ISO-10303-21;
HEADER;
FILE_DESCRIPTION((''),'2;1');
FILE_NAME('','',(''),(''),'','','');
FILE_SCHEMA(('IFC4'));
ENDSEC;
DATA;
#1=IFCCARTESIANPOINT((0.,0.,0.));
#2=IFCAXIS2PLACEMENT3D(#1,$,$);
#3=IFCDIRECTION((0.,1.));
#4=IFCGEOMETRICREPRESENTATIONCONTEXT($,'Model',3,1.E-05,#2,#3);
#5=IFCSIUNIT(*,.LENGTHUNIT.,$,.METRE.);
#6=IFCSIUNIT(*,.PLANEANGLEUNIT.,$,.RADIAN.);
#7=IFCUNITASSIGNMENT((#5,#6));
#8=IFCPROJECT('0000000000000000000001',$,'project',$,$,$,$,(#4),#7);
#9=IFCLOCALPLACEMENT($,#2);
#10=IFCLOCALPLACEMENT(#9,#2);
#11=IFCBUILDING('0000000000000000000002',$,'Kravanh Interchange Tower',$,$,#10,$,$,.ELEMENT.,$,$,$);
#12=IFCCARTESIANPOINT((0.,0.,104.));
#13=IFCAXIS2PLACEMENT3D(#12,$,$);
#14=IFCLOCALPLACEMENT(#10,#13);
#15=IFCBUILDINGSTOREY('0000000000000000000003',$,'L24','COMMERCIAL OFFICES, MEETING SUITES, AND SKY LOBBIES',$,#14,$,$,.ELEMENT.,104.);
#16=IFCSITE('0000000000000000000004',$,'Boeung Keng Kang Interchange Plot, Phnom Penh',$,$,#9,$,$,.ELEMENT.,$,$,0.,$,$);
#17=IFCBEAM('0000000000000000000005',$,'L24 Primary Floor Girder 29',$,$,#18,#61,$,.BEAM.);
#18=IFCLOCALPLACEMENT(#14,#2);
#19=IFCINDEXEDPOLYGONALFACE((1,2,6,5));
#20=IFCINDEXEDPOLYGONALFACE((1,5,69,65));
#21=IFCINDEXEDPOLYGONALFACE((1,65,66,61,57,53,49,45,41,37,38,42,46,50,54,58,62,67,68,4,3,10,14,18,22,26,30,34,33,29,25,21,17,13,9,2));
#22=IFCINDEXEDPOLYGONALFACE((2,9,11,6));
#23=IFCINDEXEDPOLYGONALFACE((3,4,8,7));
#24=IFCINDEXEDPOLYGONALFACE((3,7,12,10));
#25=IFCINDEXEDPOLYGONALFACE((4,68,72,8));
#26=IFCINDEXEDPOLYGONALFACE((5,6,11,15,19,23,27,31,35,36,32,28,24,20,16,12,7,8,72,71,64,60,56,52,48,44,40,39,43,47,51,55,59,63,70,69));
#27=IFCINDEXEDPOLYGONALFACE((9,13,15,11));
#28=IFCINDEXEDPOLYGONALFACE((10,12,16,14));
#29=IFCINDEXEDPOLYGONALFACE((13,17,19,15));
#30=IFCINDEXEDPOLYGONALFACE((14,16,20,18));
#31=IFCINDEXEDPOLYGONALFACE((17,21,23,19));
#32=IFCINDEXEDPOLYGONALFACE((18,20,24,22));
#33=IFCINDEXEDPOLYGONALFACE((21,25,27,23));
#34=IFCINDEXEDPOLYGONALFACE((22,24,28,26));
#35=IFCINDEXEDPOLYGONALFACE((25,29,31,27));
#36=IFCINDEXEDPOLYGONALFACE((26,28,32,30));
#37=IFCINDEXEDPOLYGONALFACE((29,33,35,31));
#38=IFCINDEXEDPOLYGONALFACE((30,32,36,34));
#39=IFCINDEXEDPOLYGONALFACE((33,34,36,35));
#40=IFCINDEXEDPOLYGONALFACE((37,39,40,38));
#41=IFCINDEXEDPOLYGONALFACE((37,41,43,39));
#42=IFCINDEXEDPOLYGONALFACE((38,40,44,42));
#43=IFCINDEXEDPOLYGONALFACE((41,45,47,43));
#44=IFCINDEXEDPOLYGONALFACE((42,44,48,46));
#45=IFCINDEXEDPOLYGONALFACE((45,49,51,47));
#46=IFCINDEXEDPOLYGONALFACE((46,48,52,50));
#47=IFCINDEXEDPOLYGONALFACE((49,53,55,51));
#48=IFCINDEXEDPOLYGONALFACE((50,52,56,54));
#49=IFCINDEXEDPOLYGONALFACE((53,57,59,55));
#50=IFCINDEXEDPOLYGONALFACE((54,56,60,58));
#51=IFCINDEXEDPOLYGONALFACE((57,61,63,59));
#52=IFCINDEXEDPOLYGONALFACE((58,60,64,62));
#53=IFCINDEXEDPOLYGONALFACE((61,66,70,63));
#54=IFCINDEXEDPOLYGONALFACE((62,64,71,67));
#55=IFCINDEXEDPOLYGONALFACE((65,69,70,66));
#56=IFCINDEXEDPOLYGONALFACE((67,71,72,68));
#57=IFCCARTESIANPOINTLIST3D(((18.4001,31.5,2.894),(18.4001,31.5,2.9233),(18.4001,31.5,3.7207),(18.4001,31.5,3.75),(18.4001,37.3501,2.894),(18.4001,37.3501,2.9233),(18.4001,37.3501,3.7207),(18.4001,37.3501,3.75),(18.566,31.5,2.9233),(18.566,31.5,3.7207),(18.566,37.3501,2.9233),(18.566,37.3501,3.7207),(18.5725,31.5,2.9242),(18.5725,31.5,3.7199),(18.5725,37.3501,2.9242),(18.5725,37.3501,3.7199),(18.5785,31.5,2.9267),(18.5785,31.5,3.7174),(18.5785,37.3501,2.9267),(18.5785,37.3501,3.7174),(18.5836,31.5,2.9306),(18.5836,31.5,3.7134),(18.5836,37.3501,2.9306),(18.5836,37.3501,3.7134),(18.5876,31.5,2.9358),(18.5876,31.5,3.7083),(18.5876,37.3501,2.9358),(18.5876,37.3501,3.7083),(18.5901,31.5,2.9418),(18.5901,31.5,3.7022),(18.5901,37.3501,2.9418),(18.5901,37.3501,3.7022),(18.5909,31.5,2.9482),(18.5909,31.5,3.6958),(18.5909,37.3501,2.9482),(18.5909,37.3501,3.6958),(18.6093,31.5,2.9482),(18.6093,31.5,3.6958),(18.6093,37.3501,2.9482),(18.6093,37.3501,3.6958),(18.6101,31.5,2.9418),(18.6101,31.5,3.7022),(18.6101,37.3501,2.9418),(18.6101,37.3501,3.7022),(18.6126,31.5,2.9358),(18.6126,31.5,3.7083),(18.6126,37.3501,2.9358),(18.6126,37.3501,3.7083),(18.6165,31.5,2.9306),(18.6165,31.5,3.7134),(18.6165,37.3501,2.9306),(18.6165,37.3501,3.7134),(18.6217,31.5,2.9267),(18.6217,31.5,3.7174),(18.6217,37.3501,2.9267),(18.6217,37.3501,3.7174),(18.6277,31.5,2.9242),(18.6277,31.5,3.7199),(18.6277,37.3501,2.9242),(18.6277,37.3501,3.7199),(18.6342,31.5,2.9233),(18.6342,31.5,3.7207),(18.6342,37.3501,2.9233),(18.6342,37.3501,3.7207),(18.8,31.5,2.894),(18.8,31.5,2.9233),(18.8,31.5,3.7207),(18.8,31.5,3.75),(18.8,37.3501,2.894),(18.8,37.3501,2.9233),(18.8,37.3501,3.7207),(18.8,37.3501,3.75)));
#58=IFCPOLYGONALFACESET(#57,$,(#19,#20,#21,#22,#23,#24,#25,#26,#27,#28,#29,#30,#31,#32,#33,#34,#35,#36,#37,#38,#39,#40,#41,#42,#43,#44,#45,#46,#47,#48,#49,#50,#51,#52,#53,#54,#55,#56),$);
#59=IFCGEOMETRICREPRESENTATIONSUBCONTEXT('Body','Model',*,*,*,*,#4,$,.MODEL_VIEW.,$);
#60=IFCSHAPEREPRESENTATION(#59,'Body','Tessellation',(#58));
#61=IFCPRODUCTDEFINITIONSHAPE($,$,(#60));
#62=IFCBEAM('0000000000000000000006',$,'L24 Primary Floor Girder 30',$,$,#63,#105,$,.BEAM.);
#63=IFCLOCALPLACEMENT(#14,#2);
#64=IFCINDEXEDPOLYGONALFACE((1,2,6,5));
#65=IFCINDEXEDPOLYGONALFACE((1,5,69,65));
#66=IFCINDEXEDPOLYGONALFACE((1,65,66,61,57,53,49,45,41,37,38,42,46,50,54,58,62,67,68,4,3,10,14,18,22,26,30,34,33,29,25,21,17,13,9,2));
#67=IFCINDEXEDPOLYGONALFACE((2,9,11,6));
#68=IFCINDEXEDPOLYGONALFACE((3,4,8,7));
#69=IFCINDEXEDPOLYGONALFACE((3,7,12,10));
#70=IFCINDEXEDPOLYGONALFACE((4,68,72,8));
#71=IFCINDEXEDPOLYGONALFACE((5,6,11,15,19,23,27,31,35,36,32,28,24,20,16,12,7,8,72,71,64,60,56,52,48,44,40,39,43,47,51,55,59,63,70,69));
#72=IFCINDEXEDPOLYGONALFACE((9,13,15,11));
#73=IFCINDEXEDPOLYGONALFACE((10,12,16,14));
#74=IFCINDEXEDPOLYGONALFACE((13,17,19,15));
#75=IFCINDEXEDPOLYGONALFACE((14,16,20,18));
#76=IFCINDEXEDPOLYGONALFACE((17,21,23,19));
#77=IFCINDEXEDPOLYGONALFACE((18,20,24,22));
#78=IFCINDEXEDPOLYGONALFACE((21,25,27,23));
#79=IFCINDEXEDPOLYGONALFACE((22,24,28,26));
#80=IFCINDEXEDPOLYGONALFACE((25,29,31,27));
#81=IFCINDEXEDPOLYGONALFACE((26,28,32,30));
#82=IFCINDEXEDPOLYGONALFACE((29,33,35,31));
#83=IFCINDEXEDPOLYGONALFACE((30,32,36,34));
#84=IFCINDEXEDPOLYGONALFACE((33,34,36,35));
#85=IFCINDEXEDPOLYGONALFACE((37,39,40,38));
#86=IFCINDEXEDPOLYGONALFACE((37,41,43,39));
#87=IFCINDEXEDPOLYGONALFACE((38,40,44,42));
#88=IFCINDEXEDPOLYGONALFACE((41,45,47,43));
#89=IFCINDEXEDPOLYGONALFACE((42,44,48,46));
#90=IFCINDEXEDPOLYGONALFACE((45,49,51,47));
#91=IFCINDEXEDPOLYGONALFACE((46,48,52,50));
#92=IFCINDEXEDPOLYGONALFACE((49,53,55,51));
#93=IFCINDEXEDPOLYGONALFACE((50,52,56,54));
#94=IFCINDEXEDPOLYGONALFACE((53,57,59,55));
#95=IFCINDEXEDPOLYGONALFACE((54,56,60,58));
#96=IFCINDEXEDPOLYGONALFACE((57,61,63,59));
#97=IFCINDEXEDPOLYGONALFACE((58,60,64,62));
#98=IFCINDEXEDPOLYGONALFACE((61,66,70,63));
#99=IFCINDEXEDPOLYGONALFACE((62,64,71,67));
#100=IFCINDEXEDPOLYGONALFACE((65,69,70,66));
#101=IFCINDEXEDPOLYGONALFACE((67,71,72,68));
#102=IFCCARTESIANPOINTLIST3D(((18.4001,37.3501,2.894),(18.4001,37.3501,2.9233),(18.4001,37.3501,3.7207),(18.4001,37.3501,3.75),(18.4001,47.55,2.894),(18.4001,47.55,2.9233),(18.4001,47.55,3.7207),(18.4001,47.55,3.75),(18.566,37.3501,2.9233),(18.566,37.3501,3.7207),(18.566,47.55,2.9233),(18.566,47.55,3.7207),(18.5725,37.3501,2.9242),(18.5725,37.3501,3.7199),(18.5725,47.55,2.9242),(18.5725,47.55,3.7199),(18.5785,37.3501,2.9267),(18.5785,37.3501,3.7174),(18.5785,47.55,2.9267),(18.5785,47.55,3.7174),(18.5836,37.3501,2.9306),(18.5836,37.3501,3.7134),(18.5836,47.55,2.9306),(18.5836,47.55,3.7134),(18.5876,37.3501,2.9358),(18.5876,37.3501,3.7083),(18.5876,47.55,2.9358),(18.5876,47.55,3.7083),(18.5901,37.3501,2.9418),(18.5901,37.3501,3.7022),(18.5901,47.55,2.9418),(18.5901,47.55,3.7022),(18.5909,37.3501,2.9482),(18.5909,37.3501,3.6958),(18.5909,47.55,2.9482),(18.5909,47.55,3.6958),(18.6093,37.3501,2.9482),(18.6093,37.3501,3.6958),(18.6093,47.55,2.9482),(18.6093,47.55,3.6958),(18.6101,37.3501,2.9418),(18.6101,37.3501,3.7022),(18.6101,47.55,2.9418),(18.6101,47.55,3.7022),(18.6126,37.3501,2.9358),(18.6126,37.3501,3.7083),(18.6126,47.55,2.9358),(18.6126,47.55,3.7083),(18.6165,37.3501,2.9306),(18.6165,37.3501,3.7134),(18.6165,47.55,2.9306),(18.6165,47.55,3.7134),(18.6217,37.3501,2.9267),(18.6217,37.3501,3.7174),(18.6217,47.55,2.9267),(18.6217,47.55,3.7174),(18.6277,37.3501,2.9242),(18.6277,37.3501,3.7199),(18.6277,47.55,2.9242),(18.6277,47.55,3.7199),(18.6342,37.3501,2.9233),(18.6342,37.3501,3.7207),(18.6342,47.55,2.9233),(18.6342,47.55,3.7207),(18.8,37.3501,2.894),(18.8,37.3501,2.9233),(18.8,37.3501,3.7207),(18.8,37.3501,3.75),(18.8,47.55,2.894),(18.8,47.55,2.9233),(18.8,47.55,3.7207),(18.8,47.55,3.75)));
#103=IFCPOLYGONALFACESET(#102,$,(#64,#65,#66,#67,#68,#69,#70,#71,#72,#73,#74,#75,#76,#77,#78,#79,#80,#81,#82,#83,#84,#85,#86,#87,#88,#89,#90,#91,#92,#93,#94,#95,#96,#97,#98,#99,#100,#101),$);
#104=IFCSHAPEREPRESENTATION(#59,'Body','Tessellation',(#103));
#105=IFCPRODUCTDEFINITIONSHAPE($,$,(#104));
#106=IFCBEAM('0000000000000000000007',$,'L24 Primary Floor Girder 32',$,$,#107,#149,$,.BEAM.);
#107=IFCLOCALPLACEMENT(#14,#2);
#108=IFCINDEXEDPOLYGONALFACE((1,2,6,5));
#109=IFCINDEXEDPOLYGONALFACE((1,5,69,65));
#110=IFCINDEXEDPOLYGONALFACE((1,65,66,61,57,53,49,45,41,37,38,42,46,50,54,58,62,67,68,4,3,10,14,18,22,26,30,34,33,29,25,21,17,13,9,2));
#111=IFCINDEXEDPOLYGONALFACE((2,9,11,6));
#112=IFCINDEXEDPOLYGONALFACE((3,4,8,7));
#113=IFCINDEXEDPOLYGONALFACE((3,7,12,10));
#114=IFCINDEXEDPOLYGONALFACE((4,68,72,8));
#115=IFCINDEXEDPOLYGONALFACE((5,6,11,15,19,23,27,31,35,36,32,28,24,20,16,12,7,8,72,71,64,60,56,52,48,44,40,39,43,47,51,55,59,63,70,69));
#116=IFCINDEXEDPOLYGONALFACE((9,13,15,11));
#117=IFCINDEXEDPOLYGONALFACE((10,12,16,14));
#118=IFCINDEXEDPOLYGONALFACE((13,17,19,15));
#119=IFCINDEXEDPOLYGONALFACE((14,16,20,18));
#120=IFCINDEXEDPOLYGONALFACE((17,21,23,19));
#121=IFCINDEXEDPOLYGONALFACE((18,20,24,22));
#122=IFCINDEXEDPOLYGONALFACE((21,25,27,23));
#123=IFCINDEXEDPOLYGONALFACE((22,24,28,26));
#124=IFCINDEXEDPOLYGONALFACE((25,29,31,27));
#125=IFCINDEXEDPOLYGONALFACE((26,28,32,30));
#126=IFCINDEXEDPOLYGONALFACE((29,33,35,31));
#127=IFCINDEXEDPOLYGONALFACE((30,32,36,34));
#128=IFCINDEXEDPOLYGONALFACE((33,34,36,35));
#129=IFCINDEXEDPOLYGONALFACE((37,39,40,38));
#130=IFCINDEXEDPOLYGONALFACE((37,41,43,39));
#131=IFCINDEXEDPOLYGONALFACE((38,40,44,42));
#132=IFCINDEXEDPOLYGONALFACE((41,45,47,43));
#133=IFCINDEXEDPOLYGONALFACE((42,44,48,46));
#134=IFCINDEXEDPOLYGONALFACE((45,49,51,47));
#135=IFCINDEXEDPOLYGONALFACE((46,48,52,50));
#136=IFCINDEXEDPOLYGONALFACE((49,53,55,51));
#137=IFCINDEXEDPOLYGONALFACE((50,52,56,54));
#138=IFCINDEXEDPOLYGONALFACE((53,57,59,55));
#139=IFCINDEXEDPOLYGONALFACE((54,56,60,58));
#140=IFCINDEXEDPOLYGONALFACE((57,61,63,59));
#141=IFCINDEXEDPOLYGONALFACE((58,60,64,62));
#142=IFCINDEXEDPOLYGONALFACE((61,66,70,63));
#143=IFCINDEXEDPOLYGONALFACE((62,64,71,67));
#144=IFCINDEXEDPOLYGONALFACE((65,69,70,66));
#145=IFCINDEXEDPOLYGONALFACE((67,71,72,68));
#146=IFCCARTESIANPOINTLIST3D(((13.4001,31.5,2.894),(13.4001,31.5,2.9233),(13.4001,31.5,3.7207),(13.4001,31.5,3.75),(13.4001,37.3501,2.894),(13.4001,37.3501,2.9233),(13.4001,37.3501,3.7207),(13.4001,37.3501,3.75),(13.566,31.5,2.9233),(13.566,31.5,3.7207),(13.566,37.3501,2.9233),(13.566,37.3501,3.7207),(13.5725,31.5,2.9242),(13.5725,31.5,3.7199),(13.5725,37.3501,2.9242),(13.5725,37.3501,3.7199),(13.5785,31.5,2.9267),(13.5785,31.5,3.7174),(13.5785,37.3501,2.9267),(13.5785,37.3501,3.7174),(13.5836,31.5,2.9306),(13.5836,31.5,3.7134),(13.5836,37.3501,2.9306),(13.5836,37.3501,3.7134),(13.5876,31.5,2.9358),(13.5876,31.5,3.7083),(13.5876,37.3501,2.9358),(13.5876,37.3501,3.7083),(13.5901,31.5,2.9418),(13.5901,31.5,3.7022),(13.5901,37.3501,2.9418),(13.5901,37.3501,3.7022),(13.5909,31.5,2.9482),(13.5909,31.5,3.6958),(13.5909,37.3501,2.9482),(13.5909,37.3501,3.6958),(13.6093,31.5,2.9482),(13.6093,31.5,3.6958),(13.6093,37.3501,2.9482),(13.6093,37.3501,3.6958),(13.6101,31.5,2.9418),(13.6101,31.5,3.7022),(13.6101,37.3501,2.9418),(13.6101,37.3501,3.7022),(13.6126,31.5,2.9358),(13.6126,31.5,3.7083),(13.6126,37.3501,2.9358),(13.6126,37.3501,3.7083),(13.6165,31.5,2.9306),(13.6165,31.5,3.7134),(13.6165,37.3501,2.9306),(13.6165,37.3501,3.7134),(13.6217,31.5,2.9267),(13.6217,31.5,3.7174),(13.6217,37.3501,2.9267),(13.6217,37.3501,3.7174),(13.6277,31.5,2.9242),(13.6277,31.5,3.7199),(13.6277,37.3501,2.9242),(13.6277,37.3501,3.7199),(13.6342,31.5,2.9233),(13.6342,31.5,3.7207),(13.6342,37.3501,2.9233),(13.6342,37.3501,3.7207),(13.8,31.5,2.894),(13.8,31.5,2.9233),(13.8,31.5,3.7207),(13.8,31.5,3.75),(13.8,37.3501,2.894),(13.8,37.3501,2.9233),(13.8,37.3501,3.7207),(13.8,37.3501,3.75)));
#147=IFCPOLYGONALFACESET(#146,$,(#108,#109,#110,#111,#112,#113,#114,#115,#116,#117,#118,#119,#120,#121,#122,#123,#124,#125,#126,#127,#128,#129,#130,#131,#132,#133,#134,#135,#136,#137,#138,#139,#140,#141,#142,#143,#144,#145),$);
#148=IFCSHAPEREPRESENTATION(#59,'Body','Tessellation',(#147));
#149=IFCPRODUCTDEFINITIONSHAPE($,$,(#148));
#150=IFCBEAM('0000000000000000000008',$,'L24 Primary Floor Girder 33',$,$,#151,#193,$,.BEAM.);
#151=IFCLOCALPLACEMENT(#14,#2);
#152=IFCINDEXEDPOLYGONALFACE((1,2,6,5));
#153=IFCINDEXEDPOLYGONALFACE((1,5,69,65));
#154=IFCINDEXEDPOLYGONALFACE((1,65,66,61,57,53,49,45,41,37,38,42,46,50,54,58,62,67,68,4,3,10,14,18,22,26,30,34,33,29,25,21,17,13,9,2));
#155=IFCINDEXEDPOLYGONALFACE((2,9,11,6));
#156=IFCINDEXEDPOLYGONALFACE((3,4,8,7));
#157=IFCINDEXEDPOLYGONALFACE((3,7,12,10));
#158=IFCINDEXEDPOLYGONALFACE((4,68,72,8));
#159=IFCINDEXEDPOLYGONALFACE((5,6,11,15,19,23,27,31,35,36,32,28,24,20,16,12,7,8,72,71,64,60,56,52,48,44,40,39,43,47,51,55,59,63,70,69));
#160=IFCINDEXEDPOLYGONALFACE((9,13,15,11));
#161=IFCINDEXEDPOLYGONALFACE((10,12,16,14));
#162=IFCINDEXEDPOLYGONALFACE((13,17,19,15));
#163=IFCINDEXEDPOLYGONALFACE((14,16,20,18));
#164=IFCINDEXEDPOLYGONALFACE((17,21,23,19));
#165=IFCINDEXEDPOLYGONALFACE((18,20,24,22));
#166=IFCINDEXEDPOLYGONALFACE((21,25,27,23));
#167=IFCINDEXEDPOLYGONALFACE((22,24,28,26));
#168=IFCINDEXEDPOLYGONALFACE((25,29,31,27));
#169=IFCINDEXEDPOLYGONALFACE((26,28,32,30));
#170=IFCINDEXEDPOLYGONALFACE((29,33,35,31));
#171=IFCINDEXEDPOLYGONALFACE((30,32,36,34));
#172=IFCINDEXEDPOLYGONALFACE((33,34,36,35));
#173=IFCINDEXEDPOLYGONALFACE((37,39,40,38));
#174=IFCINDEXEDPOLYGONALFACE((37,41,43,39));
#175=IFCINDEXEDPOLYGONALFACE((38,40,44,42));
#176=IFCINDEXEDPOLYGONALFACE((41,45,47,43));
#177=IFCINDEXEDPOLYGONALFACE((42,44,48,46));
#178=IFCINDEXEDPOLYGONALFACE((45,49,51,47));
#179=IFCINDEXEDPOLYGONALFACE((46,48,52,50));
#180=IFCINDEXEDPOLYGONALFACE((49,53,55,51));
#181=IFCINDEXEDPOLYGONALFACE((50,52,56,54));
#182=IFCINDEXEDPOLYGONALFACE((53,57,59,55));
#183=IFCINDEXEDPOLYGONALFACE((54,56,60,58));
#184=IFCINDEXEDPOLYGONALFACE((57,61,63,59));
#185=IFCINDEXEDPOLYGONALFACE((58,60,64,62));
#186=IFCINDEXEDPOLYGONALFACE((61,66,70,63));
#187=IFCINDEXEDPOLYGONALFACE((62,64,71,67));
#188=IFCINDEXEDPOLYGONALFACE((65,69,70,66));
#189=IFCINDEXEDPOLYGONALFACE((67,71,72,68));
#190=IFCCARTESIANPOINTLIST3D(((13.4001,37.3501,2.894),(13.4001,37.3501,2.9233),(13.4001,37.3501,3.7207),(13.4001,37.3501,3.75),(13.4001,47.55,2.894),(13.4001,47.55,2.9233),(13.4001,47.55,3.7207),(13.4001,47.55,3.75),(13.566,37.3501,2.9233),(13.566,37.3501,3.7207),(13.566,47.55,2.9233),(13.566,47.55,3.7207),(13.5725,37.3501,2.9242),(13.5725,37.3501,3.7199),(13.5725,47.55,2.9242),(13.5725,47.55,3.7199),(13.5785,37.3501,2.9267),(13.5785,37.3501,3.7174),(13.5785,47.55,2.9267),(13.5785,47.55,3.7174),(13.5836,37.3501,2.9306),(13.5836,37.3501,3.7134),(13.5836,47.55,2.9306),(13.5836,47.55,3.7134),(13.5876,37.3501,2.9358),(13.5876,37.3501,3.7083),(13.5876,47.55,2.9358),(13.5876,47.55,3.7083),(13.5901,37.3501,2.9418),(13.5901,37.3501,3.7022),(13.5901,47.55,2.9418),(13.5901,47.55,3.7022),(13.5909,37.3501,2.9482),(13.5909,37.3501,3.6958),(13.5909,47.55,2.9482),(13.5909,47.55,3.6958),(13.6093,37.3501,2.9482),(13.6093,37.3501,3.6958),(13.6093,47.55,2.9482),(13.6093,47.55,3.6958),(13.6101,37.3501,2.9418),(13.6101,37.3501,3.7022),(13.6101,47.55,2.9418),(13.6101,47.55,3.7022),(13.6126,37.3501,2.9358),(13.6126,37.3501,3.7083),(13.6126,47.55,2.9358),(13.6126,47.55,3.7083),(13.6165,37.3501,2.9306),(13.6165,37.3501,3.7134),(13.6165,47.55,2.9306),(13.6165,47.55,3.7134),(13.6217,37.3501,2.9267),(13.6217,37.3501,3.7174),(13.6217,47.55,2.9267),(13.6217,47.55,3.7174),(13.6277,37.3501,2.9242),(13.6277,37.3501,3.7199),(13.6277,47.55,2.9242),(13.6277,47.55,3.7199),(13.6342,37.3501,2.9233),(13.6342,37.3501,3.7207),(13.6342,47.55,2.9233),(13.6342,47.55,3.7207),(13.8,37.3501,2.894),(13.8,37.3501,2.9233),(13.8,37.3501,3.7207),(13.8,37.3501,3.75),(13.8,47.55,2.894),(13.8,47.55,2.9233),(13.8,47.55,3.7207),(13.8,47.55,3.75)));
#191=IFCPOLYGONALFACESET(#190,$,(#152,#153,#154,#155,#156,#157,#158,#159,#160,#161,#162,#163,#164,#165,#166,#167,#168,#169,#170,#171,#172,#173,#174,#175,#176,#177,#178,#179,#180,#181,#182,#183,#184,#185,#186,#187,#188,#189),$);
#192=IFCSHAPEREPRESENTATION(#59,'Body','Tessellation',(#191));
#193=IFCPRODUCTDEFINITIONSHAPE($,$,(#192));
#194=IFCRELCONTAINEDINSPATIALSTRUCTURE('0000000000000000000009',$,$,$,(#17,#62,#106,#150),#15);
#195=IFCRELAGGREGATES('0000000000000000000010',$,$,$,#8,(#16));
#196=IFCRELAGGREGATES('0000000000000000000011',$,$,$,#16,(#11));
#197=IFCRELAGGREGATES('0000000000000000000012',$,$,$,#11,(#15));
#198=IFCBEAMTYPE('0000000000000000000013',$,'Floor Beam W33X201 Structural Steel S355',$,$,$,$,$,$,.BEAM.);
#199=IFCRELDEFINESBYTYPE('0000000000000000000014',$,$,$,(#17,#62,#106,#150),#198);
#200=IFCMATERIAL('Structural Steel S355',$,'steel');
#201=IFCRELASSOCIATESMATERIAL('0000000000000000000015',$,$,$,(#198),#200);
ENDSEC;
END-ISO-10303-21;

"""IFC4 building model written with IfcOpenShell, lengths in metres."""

from ifc_helpers import new_model, si_unit, direction, frame, origin, origin_2d, place, context, subcontext, project, spatial, i_section, extrude, material, material_profile, profile_set, type_object, element, save


model = new_model("IFC4")

# Units and contexts
model_context = context("Model", 3, precision=1e-05, world=origin(), true_north=direction((0.0, 1.0)))
body_context = subcontext(model_context, "Body", "Model", "MODEL_VIEW")
ifc_project = project(units=[si_unit("LENGTHUNIT", "METRE"), si_unit("PLANEANGLEUNIT", "RADIAN")], contexts=[model_context])

# Site, building, storey
site_placement = place(None, origin())
site = spatial("IfcSite", under=ifc_project, at=site_placement, Name="Boeung Keng Kang Interchange Plot, Phnom Penh", CompositionType="ELEMENT", RefElevation=0.0)
building_placement = place(site_placement, origin())
building = spatial("IfcBuilding", under=site, at=building_placement, Name="Kravanh Interchange Tower", CompositionType="ELEMENT")
storey_placement = place(building_placement, frame((0.0, 0.0, 104.0)))
storey = spatial("IfcBuildingStorey", under=building, at=storey_placement, Name="L24", Description="COMMERCIAL OFFICES, MEETING SUITES, AND SKY LOBBIES", CompositionType="ELEMENT", Elevation=104.0)

# Beams
ifc_material_1 = material(Name="Structural Steel S355", Category="steel")
ifc_material_profile_1 = material_profile(ifc_material_1, i_section(OverallWidth=0.3999, OverallDepth=0.856, WebThickness=0.0183, FlangeThickness=0.0293, FilletRadius=0.0249, at=origin_2d()), Name="W33X201")
ifc_profile_set_1 = profile_set([ifc_material_profile_1], Name="Structural Steel S355")
beam_type_1 = type_object("IfcBeamType", Name="Floor Beam W33X201 Structural Steel S355", PredefinedType="BEAM", material=ifc_profile_set_1)
beam_1_placement = place(storey_placement, frame((18.6001, 37.3501, 3.322), z_axis=(0.0, -1.0, 0.0), x_axis=(1.0, 0.0, 0.0)))
element("IfcBeam", 1, at=beam_1_placement, inside=storey, type_object=beam_type_1, Name="L24 Primary Floor Girder 29", PredefinedType="BEAM", context=body_context, shape_type="SweptSolid", body=[
    extrude(i_section(OverallWidth=0.3999, OverallDepth=0.856, WebThickness=0.0183, FlangeThickness=0.0293, FilletRadius=0.0249, at=origin_2d()), origin(), (0.0, 0.0, 1.0), 5.8501),
])
beam_2_placement = place(storey_placement, frame((18.6001, 37.3501, 3.322), z_axis=(0.0, 1.0, 0.0), x_axis=(-1.0, 0.0, 0.0)))
element("IfcBeam", 2, at=beam_2_placement, inside=storey, type_object=beam_type_1, Name="L24 Primary Floor Girder 30", PredefinedType="BEAM", context=body_context, shape_type="SweptSolid", body=[
    extrude(i_section(OverallWidth=0.3999, OverallDepth=0.856, WebThickness=0.0183, FlangeThickness=0.0293, FilletRadius=0.0249, at=origin_2d()), origin(), (0.0, 0.0, 1.0), 10.2),
])
beam_3_placement = place(storey_placement, frame((13.6001, 37.3501, 3.322), z_axis=(0.0, -1.0, 0.0), x_axis=(1.0, 0.0, 0.0)))
element("IfcBeam", 3, at=beam_3_placement, inside=storey, type_object=beam_type_1, Name="L24 Primary Floor Girder 32", PredefinedType="BEAM", context=body_context, shape_type="SweptSolid", body=[
    extrude(i_section(OverallWidth=0.3999, OverallDepth=0.856, WebThickness=0.0183, FlangeThickness=0.0293, FilletRadius=0.0249, at=origin_2d()), origin(), (0.0, 0.0, 1.0), 5.8501),
])
beam_4_placement = place(storey_placement, frame((13.6001, 37.3501, 3.322), z_axis=(0.0, 1.0, 0.0), x_axis=(-1.0, 0.0, 0.0)))
element("IfcBeam", 4, at=beam_4_placement, inside=storey, type_object=beam_type_1, Name="L24 Primary Floor Girder 33", PredefinedType="BEAM", context=body_context, shape_type="SweptSolid", body=[
    extrude(i_section(OverallWidth=0.3999, OverallDepth=0.856, WebThickness=0.0183, FlangeThickness=0.0293, FilletRadius=0.0249, at=origin_2d()), origin(), (0.0, 0.0, 1.0), 10.2),
])

save(model, "model.ifc")
